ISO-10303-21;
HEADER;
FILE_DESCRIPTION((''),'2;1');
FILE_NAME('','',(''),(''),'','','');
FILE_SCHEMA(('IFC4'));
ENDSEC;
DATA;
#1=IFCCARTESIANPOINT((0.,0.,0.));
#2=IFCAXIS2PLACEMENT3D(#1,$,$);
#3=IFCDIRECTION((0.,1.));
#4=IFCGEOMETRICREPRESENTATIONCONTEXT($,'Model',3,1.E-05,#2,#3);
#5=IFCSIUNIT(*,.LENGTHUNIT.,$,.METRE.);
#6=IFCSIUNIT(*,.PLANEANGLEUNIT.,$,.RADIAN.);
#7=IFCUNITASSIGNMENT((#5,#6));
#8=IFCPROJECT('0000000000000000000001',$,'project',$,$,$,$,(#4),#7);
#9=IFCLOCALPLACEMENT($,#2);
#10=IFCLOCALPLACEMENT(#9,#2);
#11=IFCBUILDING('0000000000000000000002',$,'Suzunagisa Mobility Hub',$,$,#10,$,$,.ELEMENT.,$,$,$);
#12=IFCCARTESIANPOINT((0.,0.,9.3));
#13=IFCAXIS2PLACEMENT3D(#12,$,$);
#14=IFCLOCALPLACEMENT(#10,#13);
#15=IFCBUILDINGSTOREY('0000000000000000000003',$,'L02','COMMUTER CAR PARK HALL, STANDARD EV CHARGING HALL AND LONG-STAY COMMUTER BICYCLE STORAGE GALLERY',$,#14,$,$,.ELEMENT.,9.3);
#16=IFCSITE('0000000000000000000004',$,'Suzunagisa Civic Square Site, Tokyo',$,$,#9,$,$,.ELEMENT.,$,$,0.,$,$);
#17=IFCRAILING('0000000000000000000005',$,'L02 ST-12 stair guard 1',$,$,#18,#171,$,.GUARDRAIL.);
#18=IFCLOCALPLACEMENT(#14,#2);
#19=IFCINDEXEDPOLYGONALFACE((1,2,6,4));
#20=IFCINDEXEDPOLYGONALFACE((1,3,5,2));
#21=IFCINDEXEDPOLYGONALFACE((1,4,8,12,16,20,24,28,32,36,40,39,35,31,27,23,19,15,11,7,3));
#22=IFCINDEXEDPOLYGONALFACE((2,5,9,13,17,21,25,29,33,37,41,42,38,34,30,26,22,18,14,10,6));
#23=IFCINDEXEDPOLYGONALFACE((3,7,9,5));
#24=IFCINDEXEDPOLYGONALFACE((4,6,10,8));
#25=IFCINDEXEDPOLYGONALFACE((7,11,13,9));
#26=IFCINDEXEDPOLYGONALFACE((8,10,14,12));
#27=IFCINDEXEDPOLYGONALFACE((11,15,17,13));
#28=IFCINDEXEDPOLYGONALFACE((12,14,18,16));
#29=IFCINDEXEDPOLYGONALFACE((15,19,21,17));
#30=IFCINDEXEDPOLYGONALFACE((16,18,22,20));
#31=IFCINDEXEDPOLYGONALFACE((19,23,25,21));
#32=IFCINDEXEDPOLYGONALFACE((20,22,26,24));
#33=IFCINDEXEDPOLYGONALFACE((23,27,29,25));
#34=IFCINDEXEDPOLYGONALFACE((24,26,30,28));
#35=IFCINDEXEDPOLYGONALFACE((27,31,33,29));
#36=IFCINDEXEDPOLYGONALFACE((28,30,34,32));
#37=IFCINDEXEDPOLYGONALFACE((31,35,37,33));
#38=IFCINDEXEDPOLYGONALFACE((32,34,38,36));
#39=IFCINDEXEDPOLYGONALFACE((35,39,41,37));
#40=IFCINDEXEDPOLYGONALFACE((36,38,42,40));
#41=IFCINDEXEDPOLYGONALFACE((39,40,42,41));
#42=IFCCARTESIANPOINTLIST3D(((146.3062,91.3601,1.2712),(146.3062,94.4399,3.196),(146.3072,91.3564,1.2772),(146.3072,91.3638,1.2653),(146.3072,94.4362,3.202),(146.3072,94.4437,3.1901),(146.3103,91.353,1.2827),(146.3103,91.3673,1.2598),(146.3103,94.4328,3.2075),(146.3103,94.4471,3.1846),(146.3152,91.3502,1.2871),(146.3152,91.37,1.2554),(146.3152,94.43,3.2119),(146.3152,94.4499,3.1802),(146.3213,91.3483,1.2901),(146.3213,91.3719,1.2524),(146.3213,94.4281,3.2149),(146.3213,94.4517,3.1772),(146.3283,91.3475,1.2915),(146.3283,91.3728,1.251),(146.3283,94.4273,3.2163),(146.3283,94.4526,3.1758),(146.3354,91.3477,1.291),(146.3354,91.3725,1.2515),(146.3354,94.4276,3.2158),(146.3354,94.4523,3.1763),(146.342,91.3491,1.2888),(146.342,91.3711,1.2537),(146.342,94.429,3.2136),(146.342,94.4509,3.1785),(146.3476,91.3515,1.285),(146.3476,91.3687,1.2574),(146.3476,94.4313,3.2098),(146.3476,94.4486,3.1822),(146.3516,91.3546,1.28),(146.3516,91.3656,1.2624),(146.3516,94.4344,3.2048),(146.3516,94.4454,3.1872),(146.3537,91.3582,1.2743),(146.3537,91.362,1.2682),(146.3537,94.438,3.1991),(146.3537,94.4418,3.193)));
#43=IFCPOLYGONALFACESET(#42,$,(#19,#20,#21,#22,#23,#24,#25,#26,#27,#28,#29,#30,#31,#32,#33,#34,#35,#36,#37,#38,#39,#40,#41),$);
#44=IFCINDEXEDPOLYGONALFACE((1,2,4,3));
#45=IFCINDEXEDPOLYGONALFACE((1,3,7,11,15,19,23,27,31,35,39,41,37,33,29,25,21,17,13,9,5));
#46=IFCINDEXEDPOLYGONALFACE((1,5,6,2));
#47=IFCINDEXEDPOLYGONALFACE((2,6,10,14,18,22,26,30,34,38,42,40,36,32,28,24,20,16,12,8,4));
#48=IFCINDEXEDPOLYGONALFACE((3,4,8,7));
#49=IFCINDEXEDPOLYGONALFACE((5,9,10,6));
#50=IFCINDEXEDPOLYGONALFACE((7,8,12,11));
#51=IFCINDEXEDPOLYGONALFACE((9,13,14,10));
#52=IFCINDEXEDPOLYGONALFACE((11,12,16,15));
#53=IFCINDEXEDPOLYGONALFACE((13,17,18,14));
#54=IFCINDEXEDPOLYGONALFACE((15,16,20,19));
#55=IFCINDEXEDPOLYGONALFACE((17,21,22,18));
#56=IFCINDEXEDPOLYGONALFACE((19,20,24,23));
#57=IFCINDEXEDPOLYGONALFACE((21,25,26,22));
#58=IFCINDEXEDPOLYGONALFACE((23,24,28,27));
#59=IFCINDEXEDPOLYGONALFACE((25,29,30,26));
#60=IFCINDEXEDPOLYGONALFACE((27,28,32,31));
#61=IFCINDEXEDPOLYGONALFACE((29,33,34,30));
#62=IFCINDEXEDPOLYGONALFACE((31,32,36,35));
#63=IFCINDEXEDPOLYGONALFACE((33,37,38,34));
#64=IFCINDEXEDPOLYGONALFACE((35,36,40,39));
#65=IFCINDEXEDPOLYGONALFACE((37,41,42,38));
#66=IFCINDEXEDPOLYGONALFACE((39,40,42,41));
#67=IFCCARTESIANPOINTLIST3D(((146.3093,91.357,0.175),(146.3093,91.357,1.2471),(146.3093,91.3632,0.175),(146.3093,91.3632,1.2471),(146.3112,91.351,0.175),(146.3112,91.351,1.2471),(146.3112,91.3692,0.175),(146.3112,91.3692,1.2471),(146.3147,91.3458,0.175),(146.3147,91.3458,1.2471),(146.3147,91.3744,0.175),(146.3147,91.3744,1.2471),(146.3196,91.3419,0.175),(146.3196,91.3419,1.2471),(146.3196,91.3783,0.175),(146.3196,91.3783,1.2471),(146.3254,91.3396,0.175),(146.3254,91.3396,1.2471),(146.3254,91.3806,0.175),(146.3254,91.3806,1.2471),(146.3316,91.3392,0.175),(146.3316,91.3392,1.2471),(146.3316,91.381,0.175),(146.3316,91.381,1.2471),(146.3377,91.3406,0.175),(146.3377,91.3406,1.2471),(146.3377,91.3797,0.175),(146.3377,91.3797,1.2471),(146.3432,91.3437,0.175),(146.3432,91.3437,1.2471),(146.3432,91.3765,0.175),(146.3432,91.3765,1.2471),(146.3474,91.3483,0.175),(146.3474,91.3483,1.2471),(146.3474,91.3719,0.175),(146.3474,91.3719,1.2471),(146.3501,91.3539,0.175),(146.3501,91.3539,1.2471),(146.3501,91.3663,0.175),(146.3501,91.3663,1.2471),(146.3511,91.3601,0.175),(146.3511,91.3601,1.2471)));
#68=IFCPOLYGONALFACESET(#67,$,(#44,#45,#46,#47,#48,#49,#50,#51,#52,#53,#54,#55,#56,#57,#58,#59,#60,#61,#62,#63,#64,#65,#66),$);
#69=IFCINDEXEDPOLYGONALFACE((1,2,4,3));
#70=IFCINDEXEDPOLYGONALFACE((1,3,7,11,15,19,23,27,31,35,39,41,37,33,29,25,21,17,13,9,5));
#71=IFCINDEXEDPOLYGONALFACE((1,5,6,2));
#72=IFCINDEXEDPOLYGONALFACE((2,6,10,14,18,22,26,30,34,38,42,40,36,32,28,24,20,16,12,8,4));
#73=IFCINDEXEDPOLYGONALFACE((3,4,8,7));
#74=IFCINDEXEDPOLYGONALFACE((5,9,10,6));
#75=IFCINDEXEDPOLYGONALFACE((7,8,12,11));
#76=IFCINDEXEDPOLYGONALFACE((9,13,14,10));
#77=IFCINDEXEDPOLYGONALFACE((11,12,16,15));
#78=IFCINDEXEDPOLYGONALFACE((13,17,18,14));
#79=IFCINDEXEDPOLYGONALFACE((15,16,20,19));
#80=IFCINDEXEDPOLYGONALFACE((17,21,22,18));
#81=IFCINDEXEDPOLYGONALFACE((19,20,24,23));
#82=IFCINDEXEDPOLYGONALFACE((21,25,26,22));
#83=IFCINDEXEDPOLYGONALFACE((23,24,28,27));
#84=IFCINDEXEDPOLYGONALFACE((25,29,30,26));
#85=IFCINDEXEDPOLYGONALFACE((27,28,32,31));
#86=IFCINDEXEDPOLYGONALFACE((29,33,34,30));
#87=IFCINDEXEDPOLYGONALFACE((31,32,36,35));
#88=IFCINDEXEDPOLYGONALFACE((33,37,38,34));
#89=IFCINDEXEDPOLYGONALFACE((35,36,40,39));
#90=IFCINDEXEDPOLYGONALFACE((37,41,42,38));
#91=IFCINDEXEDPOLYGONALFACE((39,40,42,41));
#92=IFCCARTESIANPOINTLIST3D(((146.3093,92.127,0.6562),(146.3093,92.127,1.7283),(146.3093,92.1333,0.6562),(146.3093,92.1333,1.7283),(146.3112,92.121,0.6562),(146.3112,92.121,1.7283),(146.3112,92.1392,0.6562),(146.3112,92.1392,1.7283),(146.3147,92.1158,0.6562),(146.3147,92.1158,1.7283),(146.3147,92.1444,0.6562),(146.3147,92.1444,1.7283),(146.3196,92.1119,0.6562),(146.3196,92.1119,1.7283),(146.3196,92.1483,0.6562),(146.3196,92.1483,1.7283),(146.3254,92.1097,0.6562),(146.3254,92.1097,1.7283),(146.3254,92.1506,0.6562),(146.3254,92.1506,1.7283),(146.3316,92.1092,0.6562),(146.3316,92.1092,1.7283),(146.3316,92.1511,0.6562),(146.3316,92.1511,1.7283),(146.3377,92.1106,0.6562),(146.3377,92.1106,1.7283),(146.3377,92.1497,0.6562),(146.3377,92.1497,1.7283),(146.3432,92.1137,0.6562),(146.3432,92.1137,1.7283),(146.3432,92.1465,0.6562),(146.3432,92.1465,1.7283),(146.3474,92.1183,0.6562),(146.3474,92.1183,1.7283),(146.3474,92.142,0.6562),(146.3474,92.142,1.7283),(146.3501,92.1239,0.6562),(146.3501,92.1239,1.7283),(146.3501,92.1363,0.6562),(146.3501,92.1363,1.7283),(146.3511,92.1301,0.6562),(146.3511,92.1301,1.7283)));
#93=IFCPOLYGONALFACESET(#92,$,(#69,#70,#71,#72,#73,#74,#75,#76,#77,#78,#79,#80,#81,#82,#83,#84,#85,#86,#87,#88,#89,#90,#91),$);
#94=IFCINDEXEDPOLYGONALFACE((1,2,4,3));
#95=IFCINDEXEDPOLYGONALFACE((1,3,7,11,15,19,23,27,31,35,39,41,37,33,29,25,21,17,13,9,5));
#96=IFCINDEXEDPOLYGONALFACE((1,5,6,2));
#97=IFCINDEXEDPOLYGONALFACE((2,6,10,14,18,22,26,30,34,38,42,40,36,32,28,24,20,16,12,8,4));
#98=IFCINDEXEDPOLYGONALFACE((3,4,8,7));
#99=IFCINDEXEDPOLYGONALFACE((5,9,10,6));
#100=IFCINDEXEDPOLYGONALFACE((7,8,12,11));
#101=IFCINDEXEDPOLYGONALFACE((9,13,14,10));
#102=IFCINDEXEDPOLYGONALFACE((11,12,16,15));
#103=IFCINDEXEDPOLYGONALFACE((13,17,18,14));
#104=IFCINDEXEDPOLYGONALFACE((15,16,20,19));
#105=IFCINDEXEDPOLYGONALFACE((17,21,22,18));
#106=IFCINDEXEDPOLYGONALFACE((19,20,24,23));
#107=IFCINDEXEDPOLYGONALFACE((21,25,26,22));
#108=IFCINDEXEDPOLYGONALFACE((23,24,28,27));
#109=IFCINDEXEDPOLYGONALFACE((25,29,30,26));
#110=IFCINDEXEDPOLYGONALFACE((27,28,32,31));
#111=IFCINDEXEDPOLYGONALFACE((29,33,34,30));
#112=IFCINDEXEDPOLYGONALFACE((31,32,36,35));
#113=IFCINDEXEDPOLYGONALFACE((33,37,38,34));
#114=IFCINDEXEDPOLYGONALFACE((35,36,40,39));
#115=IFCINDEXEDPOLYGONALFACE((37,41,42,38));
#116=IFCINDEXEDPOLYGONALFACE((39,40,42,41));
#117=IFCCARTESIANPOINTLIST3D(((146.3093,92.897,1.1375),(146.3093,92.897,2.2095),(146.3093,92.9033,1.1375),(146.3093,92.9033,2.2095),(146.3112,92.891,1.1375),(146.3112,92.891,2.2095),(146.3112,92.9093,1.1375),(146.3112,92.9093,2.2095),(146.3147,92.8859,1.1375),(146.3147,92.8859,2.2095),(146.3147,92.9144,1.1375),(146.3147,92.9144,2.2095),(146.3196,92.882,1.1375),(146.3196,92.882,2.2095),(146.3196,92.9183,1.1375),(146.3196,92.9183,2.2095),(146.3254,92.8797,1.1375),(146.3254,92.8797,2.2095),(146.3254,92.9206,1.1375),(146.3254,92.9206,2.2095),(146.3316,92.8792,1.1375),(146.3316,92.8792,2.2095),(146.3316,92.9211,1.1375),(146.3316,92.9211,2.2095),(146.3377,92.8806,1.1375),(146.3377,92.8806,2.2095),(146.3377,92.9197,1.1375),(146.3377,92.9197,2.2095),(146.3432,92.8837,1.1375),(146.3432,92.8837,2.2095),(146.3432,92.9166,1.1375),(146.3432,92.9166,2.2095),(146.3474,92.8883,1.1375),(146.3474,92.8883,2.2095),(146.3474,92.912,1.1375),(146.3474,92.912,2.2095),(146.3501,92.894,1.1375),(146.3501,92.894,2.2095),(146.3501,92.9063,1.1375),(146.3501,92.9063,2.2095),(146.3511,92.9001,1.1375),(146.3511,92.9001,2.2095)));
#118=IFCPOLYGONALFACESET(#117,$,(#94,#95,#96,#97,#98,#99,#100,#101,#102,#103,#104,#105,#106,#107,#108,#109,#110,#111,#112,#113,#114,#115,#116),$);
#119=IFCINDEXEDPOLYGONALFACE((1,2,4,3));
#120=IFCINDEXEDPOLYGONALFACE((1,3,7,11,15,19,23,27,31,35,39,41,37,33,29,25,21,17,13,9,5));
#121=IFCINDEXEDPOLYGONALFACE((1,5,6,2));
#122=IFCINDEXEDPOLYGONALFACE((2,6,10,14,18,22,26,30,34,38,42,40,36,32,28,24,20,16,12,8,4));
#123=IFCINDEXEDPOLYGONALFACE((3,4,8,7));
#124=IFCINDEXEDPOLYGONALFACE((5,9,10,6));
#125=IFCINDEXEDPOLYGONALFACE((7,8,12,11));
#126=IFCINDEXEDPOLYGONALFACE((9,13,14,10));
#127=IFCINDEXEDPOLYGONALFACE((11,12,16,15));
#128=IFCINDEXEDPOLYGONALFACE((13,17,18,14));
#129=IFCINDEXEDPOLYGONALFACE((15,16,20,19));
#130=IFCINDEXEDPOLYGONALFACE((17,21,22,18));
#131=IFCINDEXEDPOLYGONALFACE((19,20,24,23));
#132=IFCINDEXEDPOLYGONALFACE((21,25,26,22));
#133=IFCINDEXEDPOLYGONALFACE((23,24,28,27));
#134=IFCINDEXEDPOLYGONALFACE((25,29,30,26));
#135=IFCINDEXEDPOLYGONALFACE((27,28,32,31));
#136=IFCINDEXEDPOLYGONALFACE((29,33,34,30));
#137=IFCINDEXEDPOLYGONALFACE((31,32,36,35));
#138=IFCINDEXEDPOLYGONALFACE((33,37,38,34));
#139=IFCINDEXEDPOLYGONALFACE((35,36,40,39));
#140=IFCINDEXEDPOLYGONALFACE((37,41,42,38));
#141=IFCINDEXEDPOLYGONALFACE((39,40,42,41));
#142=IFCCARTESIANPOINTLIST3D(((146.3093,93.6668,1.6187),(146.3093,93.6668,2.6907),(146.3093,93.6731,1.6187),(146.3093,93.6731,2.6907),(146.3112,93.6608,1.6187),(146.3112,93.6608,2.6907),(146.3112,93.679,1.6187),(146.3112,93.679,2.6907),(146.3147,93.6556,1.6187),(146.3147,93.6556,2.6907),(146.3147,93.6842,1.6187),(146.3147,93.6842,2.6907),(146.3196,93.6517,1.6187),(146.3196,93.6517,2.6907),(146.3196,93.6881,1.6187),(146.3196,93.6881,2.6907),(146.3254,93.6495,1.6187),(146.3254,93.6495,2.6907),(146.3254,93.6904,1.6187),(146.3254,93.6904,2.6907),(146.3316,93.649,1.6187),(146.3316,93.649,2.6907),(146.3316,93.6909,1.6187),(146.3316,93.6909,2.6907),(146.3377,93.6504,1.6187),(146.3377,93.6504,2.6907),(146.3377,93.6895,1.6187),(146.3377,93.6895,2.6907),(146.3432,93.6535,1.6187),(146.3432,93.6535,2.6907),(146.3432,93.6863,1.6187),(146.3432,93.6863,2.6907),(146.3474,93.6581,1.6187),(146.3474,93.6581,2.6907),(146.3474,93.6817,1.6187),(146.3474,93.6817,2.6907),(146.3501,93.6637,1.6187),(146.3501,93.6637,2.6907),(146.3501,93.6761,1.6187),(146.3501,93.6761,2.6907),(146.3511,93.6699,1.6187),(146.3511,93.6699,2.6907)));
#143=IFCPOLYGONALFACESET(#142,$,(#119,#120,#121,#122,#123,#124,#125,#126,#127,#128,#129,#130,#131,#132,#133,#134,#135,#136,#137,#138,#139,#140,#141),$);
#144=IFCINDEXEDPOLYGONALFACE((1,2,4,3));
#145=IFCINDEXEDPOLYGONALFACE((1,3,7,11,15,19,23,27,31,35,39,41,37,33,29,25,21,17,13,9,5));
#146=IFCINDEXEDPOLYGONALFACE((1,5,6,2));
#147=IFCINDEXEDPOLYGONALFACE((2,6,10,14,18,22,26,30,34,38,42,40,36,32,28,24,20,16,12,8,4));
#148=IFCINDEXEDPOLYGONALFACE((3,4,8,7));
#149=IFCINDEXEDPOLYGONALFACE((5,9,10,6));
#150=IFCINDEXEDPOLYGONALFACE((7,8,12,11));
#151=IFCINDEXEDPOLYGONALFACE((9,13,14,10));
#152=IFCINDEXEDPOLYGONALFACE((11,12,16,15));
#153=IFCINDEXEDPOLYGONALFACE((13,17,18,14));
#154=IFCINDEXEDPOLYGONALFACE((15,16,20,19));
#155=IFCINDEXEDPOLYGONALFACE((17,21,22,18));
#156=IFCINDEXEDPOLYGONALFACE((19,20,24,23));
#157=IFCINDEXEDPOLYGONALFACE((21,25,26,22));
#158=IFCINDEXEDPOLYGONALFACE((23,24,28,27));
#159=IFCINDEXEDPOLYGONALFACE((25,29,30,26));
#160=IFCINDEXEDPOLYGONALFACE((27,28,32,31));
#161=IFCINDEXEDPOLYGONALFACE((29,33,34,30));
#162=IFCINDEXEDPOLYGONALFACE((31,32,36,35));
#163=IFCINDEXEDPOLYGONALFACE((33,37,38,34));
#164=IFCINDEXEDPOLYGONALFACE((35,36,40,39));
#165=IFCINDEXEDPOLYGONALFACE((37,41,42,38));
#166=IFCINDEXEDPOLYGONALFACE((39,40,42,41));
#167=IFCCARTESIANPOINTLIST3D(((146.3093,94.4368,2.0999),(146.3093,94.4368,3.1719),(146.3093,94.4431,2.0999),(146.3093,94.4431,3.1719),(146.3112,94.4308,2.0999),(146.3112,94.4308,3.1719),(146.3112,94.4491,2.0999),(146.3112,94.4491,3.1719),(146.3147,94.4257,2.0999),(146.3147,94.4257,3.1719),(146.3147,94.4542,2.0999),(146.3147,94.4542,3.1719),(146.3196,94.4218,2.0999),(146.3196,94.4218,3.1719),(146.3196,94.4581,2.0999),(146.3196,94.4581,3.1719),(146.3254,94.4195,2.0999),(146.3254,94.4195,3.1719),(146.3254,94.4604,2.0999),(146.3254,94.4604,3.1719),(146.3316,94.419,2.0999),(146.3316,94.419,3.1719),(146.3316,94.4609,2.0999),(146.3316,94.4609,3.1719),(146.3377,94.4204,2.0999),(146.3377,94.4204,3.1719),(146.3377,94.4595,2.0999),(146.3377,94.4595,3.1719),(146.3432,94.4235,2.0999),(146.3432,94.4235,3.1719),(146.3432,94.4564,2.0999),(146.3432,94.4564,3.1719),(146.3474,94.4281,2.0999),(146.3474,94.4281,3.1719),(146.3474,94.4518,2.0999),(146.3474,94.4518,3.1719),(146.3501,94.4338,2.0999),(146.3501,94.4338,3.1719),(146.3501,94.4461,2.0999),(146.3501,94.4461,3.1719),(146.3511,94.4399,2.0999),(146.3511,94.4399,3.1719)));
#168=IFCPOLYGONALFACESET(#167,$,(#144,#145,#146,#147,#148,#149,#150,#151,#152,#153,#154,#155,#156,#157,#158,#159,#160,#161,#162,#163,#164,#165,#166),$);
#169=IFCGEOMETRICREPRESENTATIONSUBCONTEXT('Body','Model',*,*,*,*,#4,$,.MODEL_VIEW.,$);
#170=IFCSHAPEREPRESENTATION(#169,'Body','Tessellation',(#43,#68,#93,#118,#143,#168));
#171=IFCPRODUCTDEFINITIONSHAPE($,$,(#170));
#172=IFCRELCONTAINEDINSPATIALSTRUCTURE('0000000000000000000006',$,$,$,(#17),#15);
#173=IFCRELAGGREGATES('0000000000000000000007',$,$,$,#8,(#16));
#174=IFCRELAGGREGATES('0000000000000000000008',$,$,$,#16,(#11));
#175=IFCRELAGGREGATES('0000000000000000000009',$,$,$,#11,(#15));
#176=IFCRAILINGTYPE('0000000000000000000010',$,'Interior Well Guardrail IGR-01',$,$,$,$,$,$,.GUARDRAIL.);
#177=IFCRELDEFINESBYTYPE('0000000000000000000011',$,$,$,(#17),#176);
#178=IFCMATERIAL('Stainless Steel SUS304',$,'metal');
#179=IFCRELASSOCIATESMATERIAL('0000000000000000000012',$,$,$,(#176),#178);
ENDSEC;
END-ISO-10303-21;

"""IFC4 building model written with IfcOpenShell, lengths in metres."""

from ifc_helpers import new_model, si_unit, direction, frame, origin, origin_2d, place, context, subcontext, project, spatial, circle, extrude, material, type_object, element, save


model = new_model("IFC4")

# Units and contexts
model_context = context("Model", 3, precision=1e-05, world=origin(), true_north=direction((0.0, 1.0)))
body_context = subcontext(model_context, "Body", "Model", "MODEL_VIEW")
ifc_project = project(units=[si_unit("LENGTHUNIT", "METRE"), si_unit("PLANEANGLEUNIT", "RADIAN")], contexts=[model_context])

# Site, building, storey
site_placement = place(None, origin())
site = spatial("IfcSite", under=ifc_project, at=site_placement, Name="Suzunagisa Civic Square Site, Tokyo", CompositionType="ELEMENT", RefElevation=0.0)
building_placement = place(site_placement, origin())
building = spatial("IfcBuilding", under=site, at=building_placement, Name="Suzunagisa Mobility Hub", CompositionType="ELEMENT")
storey_placement = place(building_placement, frame((0.0, 0.0, 9.3)))
storey = spatial("IfcBuildingStorey", under=building, at=storey_placement, Name="L02", Description="COMMUTER CAR PARK HALL, STANDARD EV CHARGING HALL AND LONG-STAY COMMUTER BICYCLE STORAGE GALLERY", CompositionType="ELEMENT", Elevation=9.3)

# Railing
ifc_material_1 = material(Name="Stainless Steel SUS304", Category="metal")
railing_type_1 = type_object("IfcRailingType", Name="Interior Well Guardrail IGR-01", PredefinedType="GUARDRAIL", material=ifc_material_1)
railing_1_placement = place(storey_placement, frame((146.3301, 91.3601, 0.175)))
element("IfcRailing", 1, at=railing_1_placement, inside=storey, type_object=railing_type_1, Name="L02 ST-12 stair guard 1", PredefinedType="GUARDRAIL", context=body_context, shape_type="SweptSolid", body=[
    extrude(circle(Radius=0.0239, at=origin_2d()), frame((0.0, 0.0, 1.0962), z_axis=(0.0, 0.84801, 0.529981), x_axis=(-1.0, 0.0, 0.0)), (0.0, 0.0, 1.0), 3.6318),
    extrude(circle(Radius=0.021, at=origin_2d()), origin(), (0.0, 0.0, 1.0), 1.072),
    extrude(circle(Radius=0.021, at=origin_2d()), frame((0.0, 0.77, 0.4812)), (0.0, 0.0, 1.0), 1.072),
    extrude(circle(Radius=0.021, at=origin_2d()), frame((0.0, 1.54, 0.9624)), (0.0, 0.0, 1.0), 1.072),
    extrude(circle(Radius=0.021, at=origin_2d()), frame((0.0, 2.3098, 1.4436)), (0.0, 0.0, 1.0), 1.072),
    extrude(circle(Radius=0.021, at=origin_2d()), frame((0.0, 3.0798, 1.9248)), (0.0, 0.0, 1.0), 1.072),
])

save(model, "model.ifc")
